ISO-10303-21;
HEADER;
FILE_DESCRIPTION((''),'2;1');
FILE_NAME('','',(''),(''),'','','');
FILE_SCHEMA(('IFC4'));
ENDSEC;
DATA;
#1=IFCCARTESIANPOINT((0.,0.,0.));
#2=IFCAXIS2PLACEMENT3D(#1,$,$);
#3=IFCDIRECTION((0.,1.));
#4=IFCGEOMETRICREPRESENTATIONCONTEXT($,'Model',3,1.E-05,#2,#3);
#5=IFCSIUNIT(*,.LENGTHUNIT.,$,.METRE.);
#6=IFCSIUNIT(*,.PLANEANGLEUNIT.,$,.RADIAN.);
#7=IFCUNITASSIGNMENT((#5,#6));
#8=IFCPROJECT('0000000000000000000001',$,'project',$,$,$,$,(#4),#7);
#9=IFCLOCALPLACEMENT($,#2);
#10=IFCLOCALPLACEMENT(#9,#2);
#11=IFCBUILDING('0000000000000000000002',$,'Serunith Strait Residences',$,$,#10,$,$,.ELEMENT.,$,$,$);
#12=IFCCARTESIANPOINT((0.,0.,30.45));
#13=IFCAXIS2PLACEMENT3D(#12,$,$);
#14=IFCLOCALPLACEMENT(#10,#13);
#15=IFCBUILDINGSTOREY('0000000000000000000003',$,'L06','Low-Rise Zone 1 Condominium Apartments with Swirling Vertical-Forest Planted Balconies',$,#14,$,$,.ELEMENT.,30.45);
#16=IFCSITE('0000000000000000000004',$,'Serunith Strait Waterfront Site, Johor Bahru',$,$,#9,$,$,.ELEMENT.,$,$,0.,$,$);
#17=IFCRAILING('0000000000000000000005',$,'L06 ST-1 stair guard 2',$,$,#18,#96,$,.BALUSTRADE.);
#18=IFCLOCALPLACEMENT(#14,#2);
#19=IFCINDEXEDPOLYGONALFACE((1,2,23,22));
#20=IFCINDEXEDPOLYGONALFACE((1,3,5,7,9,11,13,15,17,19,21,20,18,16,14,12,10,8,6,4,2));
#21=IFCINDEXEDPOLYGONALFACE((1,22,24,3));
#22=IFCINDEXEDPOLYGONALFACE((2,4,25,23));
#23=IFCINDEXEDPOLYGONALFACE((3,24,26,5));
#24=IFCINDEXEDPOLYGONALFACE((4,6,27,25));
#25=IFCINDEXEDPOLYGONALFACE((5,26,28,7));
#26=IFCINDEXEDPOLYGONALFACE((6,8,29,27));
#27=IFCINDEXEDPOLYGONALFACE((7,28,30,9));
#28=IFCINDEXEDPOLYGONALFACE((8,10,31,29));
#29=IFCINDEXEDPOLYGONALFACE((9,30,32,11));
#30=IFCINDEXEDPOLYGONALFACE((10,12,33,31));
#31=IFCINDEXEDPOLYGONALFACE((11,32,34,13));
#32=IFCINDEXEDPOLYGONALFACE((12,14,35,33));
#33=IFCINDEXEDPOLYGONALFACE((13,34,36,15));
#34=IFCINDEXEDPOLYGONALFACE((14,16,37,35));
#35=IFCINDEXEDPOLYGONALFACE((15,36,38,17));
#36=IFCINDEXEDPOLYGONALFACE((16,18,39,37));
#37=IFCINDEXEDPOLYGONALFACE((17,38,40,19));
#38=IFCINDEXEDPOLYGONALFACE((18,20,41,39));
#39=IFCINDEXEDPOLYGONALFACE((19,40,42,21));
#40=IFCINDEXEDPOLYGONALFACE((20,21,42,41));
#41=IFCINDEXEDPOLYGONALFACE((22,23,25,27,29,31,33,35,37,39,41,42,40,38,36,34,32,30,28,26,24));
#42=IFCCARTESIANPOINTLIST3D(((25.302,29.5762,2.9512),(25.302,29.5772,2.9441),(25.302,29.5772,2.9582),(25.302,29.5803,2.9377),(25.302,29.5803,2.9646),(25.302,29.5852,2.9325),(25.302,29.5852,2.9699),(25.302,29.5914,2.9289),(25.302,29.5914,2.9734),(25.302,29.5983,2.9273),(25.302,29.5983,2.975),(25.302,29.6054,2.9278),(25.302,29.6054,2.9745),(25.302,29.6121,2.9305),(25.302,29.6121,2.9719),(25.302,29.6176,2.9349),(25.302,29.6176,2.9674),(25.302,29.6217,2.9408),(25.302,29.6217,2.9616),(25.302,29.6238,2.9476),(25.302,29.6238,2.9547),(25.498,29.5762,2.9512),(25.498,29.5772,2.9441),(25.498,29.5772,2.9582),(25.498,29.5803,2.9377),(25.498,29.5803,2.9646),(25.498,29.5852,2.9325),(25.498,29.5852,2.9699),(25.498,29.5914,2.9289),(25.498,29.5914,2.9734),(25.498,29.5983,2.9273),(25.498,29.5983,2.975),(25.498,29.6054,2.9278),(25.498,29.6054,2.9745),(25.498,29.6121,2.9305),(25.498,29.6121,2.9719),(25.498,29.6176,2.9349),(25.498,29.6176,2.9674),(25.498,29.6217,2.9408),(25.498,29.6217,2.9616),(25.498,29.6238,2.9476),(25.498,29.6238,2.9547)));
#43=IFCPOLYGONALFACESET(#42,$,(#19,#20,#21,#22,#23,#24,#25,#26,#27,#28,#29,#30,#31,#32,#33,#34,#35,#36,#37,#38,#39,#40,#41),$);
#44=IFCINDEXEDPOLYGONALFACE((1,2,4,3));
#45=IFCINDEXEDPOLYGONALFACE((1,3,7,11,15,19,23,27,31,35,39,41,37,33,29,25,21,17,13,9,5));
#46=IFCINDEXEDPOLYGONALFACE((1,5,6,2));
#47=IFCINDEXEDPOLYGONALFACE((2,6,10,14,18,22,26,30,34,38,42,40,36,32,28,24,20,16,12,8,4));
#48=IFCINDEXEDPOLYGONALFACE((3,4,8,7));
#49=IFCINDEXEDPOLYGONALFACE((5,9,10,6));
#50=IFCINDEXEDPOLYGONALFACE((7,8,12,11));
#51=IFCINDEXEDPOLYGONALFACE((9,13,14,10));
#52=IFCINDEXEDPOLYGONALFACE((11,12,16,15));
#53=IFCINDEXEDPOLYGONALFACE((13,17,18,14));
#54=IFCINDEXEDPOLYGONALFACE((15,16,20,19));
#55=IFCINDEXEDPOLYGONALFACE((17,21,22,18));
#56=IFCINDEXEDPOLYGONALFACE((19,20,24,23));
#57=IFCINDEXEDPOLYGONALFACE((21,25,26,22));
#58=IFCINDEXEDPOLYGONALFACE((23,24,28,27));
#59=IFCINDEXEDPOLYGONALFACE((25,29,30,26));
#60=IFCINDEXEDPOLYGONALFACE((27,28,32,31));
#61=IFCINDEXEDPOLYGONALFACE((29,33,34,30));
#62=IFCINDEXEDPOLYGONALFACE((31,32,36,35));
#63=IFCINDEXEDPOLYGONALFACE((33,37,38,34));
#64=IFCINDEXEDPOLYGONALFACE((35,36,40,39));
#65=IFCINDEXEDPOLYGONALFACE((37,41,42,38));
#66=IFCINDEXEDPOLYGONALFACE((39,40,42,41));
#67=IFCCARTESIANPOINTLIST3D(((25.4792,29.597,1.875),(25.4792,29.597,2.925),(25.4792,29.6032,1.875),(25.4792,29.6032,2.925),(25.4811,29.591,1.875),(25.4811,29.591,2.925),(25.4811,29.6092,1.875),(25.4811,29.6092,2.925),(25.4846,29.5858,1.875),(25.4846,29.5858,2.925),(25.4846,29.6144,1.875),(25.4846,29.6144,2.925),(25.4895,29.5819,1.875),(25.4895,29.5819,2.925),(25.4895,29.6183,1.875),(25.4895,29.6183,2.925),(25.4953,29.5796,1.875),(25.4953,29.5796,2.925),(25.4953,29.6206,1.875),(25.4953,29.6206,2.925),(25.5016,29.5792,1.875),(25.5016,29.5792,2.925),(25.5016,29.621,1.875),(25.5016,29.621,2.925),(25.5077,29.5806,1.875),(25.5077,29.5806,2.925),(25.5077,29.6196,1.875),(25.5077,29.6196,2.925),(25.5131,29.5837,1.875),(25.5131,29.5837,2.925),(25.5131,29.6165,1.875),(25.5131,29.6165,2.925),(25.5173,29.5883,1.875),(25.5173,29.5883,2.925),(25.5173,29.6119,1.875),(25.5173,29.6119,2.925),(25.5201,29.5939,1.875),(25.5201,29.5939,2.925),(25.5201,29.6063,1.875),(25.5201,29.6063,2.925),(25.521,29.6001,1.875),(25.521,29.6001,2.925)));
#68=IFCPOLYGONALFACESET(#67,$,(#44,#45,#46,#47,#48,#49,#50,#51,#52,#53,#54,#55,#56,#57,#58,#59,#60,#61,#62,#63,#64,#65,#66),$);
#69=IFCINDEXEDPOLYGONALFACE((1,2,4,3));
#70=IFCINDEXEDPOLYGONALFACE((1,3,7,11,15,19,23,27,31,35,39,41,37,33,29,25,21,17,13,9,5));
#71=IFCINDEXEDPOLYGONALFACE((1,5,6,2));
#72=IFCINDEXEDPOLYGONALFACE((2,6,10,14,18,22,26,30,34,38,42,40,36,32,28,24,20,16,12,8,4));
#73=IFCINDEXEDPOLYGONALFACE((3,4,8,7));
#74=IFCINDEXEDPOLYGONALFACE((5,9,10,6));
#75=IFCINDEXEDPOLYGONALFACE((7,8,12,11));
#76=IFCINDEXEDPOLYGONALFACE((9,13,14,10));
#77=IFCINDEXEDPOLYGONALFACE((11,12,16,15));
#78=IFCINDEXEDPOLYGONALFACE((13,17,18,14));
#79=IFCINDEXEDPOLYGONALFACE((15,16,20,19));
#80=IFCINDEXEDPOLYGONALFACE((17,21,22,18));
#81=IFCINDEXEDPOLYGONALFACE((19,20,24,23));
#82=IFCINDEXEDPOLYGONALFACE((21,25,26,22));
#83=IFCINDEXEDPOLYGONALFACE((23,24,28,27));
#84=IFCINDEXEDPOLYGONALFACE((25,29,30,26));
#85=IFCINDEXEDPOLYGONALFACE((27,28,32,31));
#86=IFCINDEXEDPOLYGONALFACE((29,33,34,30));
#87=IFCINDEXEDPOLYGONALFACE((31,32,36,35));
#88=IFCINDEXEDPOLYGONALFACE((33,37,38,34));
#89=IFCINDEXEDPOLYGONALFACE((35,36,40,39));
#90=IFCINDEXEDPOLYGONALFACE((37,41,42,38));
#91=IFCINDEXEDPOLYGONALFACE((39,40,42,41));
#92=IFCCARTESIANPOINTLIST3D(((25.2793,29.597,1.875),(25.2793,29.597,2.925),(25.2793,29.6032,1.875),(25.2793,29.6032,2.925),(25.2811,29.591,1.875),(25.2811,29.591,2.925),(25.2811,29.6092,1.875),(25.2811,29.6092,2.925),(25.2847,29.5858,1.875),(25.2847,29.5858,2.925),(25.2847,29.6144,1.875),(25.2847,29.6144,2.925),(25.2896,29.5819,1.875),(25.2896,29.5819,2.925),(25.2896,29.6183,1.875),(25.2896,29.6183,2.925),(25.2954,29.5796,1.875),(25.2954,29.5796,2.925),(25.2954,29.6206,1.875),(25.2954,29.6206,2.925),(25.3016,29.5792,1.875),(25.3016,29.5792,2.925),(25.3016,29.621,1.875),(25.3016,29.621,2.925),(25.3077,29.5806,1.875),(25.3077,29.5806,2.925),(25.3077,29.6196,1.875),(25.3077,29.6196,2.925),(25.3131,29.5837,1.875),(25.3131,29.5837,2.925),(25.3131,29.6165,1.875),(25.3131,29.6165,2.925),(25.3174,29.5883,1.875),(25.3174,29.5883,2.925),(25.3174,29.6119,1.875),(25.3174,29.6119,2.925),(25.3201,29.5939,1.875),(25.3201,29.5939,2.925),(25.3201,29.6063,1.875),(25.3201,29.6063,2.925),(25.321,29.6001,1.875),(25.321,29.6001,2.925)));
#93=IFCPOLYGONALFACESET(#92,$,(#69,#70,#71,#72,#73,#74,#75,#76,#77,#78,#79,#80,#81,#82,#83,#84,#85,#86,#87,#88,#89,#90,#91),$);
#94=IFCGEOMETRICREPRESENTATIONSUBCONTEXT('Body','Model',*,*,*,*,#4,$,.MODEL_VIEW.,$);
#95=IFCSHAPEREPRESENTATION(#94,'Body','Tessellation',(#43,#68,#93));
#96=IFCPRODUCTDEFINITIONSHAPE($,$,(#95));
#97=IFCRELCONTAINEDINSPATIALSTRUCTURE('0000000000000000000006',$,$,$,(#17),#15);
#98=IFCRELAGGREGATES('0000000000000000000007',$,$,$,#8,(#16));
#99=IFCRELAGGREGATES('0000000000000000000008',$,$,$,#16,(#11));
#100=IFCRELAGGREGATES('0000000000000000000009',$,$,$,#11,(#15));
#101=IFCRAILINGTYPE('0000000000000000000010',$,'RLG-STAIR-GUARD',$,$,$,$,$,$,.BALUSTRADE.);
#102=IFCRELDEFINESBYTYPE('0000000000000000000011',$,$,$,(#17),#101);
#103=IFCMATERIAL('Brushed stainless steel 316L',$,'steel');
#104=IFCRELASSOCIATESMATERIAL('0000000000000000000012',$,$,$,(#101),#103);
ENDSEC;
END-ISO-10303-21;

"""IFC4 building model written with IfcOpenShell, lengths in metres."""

from ifc_helpers import new_model, si_unit, direction, frame, origin, origin_2d, place, context, subcontext, project, spatial, circle, extrude, material, type_object, element, save


model = new_model("IFC4")

# Units and contexts
model_context = context("Model", 3, precision=1e-05, world=origin(), true_north=direction((0.0, 1.0)))
body_context = subcontext(model_context, "Body", "Model", "MODEL_VIEW")
ifc_project = project(units=[si_unit("LENGTHUNIT", "METRE"), si_unit("PLANEANGLEUNIT", "RADIAN")], contexts=[model_context])

# Site, building, storey
site_placement = place(None, origin())
site = spatial("IfcSite", under=ifc_project, at=site_placement, Name="Serunith Strait Waterfront Site, Johor Bahru", CompositionType="ELEMENT", RefElevation=0.0)
building_placement = place(site_placement, origin())
building = spatial("IfcBuilding", under=site, at=building_placement, Name="Serunith Strait Residences", CompositionType="ELEMENT")
storey_placement = place(building_placement, frame((0.0, 0.0, 30.45)))
storey = spatial("IfcBuildingStorey", under=building, at=storey_placement, Name="L06", Description="Low-Rise Zone 1 Condominium Apartments with Swirling Vertical-Forest Planted Balconies", CompositionType="ELEMENT", Elevation=30.45)

# Railing
ifc_material_1 = material(Name="Brushed stainless steel 316L", Category="steel")
railing_type_1 = type_object("IfcRailingType", Name="RLG-STAIR-GUARD", PredefinedType="BALUSTRADE", material=ifc_material_1)
railing_1_placement = place(storey_placement, frame((25.5, 29.6001, 1.875)))
element("IfcRailing", 1, at=railing_1_placement, inside=storey, type_object=railing_type_1, Name="L06 ST-1 stair guard 2", PredefinedType="BALUSTRADE", context=body_context, shape_type="SweptSolid", body=[
    extrude(circle(Radius=0.0239, at=origin_2d()), frame((-0.002, 0.0, 1.0762), z_axis=(-1.0, 0.0, 0.0), x_axis=(0.0, -1.0, 0.0)), (0.0, 0.0, 1.0), 0.196),
    extrude(circle(Radius=0.021, at=origin_2d()), origin(), (0.0, 0.0, 1.0), 1.05),
    extrude(circle(Radius=0.021, at=origin_2d()), frame((-0.2, 0.0, 0.0)), (0.0, 0.0, 1.0), 1.05),
])

save(model, "model.ifc")
